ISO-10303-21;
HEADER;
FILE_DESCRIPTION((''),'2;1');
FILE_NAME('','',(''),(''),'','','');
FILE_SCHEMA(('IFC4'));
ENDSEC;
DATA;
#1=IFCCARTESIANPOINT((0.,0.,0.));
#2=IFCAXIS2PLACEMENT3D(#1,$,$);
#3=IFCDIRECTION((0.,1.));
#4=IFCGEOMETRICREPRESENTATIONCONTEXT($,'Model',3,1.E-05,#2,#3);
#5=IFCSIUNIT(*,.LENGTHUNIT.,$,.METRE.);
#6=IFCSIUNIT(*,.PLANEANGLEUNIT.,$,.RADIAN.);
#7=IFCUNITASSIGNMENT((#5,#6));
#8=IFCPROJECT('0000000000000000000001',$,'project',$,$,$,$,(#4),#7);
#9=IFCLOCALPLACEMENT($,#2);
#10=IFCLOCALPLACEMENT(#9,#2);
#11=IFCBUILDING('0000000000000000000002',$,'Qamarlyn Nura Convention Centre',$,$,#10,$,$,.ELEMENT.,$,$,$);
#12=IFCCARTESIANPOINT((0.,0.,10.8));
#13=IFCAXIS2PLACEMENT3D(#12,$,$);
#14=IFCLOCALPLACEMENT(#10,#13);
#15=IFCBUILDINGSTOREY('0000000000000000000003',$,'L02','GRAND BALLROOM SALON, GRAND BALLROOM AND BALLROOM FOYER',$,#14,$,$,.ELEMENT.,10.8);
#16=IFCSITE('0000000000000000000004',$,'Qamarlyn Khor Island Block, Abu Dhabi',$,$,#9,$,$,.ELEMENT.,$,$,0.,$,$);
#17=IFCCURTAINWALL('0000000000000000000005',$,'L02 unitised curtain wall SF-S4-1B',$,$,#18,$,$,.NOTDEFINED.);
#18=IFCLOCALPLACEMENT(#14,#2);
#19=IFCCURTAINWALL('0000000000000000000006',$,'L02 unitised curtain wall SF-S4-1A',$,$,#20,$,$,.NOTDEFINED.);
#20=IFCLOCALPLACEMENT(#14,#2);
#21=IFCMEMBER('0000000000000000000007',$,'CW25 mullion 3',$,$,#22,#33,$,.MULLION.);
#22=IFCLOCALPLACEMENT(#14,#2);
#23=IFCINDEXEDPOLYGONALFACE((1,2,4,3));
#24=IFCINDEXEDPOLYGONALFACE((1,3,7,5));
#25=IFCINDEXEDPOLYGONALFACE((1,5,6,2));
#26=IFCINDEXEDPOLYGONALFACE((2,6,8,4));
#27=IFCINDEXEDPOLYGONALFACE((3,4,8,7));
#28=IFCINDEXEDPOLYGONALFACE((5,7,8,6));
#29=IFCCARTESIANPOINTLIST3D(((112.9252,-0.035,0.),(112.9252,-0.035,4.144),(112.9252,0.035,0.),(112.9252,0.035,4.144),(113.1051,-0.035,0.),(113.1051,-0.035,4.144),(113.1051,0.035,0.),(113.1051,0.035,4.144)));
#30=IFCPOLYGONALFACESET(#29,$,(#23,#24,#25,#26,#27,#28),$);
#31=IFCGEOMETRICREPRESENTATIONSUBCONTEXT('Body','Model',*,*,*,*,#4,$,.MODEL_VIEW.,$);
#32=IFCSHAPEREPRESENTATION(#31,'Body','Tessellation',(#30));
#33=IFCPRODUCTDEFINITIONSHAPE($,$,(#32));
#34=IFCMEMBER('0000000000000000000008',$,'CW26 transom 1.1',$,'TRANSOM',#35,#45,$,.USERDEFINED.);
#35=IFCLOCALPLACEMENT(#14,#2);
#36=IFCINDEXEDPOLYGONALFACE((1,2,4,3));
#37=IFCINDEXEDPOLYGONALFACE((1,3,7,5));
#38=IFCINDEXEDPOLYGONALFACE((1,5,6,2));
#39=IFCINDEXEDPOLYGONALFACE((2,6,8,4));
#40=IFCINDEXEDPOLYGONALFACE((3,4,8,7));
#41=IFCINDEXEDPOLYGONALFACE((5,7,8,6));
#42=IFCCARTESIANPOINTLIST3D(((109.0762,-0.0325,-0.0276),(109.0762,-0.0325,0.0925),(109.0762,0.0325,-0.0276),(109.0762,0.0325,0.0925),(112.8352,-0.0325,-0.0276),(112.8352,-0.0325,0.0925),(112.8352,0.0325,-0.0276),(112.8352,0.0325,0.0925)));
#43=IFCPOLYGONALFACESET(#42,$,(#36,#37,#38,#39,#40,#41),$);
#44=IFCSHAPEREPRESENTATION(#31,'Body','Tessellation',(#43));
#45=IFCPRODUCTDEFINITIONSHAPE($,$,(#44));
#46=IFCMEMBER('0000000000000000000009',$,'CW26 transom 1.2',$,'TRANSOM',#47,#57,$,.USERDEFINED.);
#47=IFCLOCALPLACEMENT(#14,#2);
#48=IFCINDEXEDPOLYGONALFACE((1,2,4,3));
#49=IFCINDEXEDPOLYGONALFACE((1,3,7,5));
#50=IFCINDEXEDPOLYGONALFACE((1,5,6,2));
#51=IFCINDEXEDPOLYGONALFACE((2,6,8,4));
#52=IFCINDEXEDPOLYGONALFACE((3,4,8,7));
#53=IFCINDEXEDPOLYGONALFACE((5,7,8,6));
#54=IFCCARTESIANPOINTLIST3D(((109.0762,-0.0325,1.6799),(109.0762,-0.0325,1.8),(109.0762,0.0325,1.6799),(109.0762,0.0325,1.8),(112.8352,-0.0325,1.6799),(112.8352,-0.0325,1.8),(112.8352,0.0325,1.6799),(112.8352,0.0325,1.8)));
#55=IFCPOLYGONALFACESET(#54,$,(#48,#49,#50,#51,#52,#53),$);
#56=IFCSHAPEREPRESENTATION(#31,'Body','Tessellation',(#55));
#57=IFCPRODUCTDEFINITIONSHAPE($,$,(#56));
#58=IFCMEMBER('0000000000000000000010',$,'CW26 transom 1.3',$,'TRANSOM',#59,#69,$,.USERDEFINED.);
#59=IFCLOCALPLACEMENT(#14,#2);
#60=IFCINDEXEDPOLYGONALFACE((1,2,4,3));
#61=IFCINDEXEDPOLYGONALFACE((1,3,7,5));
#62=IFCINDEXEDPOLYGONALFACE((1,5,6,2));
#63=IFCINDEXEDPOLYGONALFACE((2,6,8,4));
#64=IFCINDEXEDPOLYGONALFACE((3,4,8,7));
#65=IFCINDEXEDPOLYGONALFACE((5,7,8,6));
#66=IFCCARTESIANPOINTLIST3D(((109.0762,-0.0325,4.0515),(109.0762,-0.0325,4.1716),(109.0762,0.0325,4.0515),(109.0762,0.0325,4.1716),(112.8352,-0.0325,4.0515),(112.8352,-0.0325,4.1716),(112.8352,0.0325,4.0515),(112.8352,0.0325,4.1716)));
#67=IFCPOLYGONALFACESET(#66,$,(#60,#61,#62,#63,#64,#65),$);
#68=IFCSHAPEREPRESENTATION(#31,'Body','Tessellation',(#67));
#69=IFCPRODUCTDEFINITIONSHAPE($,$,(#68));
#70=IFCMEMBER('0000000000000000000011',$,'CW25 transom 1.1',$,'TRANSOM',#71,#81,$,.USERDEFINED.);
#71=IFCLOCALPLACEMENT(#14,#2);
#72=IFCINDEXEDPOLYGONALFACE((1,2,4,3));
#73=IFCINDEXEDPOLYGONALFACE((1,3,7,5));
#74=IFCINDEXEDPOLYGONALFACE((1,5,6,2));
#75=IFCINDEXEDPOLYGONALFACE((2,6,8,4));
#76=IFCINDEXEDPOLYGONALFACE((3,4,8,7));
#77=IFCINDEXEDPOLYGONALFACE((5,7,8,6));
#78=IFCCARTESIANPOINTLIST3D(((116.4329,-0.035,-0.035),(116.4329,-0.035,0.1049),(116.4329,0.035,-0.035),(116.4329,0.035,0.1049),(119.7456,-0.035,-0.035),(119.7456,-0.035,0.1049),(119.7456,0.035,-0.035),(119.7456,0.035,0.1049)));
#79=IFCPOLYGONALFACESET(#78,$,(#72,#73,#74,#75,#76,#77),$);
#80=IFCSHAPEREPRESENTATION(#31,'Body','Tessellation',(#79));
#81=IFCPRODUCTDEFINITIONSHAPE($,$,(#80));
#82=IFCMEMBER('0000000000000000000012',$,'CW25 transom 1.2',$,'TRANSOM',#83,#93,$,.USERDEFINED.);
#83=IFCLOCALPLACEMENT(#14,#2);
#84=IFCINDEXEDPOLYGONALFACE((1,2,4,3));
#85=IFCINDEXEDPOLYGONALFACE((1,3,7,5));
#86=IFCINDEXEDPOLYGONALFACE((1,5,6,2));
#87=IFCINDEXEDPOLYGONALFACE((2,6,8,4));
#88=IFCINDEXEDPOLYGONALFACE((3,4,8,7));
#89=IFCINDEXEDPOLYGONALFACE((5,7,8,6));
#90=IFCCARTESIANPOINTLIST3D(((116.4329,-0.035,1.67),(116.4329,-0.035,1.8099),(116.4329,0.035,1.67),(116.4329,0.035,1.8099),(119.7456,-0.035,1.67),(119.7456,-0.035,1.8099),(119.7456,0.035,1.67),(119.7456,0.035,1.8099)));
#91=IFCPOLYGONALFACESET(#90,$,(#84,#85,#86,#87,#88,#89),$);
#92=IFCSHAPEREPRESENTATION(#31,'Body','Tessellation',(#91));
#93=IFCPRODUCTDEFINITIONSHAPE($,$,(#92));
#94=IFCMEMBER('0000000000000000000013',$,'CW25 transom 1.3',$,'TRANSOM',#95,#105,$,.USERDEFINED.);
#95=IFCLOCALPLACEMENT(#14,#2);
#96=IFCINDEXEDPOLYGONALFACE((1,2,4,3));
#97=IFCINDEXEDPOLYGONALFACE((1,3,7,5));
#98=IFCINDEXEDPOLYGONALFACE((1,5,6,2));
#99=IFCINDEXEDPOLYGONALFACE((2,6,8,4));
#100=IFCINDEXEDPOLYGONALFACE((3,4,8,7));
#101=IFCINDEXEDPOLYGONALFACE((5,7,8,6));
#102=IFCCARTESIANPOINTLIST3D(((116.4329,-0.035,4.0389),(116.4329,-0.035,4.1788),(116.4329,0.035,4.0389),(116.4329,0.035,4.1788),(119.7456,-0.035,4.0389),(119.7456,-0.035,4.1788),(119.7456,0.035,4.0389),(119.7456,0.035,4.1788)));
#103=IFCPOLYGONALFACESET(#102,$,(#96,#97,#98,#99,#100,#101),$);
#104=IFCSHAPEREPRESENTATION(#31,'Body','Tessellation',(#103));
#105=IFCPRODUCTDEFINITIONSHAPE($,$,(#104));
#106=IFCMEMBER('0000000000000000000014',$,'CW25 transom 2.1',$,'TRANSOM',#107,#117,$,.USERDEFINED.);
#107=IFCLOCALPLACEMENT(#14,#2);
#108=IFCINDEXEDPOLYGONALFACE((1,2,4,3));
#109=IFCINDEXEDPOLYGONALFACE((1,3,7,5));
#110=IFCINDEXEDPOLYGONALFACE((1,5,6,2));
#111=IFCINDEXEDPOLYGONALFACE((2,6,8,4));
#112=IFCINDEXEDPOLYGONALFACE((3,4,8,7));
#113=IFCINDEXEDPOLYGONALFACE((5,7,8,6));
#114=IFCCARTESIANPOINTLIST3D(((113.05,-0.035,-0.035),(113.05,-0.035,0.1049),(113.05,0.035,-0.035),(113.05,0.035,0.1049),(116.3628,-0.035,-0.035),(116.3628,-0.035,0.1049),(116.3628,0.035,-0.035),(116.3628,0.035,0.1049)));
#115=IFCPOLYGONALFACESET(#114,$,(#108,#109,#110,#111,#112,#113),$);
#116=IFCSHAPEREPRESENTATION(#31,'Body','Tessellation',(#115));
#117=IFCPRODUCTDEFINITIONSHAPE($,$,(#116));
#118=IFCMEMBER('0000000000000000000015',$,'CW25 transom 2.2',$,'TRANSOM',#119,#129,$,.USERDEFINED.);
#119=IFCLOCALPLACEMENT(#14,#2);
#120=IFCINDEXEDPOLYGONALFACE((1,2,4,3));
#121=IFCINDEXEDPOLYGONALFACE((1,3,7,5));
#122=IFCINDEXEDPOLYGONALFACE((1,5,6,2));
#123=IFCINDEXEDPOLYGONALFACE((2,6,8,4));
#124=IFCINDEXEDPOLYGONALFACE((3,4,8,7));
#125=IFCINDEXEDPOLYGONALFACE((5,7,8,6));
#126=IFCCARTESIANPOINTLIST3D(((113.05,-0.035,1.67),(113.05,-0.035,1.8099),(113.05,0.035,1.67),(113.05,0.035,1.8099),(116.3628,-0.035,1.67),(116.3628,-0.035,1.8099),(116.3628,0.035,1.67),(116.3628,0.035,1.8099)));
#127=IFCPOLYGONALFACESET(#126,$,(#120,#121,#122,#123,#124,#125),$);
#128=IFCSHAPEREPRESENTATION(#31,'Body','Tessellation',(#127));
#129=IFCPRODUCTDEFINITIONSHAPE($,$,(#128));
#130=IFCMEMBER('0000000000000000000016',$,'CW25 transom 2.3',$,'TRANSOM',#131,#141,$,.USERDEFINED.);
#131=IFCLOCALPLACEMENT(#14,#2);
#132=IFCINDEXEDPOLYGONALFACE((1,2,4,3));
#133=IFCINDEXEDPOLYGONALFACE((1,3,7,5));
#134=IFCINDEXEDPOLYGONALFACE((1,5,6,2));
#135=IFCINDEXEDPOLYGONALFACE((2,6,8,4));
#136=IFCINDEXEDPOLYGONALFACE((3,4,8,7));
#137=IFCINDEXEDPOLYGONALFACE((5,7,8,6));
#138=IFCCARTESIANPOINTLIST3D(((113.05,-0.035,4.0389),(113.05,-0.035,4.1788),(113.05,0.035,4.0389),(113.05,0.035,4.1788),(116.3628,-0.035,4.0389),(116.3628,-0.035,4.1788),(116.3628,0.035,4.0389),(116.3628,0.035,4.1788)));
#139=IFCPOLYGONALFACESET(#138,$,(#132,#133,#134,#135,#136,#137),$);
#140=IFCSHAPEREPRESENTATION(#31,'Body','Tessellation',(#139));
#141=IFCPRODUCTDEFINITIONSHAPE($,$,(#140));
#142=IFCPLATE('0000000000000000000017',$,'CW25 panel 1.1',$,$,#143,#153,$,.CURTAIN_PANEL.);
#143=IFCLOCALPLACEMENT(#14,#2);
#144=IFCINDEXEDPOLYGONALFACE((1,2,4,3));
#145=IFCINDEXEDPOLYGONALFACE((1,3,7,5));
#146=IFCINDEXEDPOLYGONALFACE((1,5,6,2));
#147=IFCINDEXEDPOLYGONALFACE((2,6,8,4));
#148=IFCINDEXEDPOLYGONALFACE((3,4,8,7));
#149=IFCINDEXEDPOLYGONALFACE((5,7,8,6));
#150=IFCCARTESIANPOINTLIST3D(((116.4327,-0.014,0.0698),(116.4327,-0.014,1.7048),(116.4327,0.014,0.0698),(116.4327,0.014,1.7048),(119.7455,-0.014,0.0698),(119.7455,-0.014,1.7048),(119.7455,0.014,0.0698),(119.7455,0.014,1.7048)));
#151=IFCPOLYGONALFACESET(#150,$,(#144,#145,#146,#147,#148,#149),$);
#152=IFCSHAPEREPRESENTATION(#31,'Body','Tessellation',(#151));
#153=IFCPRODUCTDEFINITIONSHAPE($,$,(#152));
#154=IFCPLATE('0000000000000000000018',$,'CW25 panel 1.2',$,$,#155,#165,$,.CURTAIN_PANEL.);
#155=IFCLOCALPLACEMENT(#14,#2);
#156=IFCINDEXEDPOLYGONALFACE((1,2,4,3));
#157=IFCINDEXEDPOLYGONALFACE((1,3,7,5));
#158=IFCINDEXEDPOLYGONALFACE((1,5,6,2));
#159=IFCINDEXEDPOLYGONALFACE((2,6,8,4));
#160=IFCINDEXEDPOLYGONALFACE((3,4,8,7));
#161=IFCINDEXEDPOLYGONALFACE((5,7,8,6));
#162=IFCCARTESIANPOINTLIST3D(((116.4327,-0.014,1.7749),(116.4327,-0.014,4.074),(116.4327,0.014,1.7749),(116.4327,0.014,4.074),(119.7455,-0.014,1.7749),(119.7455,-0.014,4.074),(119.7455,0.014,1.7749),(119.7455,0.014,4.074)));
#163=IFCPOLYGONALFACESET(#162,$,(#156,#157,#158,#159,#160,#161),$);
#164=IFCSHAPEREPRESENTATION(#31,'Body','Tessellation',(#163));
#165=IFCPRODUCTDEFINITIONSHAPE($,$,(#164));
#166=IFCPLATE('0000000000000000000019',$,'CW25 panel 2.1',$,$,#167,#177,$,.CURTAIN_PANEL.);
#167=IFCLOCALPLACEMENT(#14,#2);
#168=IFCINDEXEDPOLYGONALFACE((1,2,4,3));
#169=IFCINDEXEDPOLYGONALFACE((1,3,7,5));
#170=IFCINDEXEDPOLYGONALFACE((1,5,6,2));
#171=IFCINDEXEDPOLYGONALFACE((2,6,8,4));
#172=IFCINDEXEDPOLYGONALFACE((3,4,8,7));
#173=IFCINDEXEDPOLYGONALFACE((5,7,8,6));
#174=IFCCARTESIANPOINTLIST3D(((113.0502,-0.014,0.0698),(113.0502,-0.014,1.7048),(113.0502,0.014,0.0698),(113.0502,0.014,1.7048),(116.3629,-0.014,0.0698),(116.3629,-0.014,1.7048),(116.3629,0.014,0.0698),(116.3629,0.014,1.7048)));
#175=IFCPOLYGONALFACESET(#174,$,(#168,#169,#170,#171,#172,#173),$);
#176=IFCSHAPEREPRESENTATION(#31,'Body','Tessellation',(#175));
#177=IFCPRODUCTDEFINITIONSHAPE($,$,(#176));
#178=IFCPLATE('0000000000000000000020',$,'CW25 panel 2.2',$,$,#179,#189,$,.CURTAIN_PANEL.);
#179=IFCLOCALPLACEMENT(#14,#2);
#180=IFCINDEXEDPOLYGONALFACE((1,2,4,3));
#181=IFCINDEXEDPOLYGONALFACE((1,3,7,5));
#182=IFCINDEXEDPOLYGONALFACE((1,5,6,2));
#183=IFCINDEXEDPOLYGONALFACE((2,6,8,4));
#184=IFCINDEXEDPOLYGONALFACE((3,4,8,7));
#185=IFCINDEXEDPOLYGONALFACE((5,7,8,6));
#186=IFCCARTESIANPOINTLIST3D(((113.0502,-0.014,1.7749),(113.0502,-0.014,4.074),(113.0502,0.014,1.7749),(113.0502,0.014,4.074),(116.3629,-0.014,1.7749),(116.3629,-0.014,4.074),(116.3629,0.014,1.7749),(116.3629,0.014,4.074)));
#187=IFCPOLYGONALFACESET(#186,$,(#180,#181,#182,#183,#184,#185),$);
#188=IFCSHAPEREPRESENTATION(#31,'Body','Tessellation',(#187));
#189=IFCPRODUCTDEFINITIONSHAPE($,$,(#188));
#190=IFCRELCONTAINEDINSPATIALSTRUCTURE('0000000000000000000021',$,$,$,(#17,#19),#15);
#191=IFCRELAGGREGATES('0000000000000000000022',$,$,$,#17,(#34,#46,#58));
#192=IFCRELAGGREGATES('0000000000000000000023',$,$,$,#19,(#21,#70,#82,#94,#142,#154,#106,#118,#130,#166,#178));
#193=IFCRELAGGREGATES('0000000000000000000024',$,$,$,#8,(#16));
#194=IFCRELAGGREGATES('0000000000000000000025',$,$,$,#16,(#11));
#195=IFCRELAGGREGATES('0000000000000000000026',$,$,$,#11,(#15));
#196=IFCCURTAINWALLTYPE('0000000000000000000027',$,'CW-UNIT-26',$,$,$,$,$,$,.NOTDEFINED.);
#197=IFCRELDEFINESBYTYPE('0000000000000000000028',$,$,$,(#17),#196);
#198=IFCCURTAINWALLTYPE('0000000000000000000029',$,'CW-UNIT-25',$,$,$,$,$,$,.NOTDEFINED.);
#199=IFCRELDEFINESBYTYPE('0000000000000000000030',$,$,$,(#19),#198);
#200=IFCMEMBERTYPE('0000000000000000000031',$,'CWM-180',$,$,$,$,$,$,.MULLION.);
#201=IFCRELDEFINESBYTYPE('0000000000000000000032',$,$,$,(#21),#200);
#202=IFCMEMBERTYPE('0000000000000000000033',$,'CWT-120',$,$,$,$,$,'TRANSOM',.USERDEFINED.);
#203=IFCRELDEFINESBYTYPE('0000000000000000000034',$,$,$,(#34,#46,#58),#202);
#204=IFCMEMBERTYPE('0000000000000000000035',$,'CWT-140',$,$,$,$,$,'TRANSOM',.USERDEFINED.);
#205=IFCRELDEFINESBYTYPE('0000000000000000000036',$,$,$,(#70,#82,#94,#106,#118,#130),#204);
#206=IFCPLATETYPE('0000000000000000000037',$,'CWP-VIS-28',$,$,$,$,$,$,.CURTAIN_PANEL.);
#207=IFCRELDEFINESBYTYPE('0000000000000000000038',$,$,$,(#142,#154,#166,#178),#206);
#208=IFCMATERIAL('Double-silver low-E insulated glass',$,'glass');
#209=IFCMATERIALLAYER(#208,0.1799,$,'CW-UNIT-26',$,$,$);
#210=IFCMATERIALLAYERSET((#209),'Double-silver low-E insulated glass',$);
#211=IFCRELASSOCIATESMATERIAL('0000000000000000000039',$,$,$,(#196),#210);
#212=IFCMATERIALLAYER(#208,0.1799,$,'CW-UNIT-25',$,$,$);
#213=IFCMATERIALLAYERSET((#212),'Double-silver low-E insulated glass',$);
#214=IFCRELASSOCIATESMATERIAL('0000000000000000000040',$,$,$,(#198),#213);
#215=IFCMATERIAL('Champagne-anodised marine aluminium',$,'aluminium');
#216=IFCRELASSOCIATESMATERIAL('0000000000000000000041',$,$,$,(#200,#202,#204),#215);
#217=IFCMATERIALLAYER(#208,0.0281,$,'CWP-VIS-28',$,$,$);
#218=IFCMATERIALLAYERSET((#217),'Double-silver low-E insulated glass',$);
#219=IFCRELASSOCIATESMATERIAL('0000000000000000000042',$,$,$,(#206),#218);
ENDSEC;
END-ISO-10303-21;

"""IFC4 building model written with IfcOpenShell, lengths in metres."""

from ifc_helpers import new_model, si_unit, direction, frame, origin, origin_2d, place, context, subcontext, project, spatial, rectangle, extrude, material, layer, layer_set, material_profile, profile_set, type_object, element, aggregate, save


model = new_model("IFC4")

# Units and contexts
model_context = context("Model", 3, precision=1e-05, world=origin(), true_north=direction((0.0, 1.0)))
body_context = subcontext(model_context, "Body", "Model", "MODEL_VIEW")
ifc_project = project(units=[si_unit("LENGTHUNIT", "METRE"), si_unit("PLANEANGLEUNIT", "RADIAN")], contexts=[model_context])

# Site, building, storey
site_placement = place(None, origin())
site = spatial("IfcSite", under=ifc_project, at=site_placement, Name="Qamarlyn Khor Island Block, Abu Dhabi", CompositionType="ELEMENT", RefElevation=0.0)
building_placement = place(site_placement, origin())
building = spatial("IfcBuilding", under=site, at=building_placement, Name="Qamarlyn Nura Convention Centre", CompositionType="ELEMENT")
storey_placement = place(building_placement, frame((0.0, 0.0, 10.8)))
storey = spatial("IfcBuildingStorey", under=building, at=storey_placement, Name="L02", Description="GRAND BALLROOM SALON, GRAND BALLROOM AND BALLROOM FOYER", CompositionType="ELEMENT", Elevation=10.8)

# Curtain wall
ifc_material_1 = material(Name="Double-silver low-E insulated glass", Category="glass")
ifc_layer_1 = layer(ifc_material_1, 0.1799, Name="CW-UNIT-26")
ifc_layer_set_1 = layer_set([ifc_layer_1], Name="Double-silver low-E insulated glass")
curtain_wall_type_1 = type_object("IfcCurtainWallType", Name="CW-UNIT-26", PredefinedType="NOTDEFINED", material=ifc_layer_set_1)
curtain_wall_1_placement = place(storey_placement, origin())
curtain_wall_1 = element("IfcCurtainWall", 1, at=curtain_wall_1_placement, inside=storey, type_object=curtain_wall_type_1, Name="L02 unitised curtain wall SF-S4-1B", PredefinedType="NOTDEFINED")
ifc_material_2 = material(Name="Champagne-anodised marine aluminium", Category="aluminium")

# Curtain wall, member
ifc_layer_2 = layer(ifc_material_1, 0.1799, Name="CW-UNIT-25")
ifc_layer_set_2 = layer_set([ifc_layer_2], Name="Double-silver low-E insulated glass")
curtain_wall_type_2 = type_object("IfcCurtainWallType", Name="CW-UNIT-25", PredefinedType="NOTDEFINED", material=ifc_layer_set_2)
curtain_wall_2_placement = place(storey_placement, origin())
curtain_wall_2 = element("IfcCurtainWall", 2, at=curtain_wall_2_placement, inside=storey, type_object=curtain_wall_type_2, Name="L02 unitised curtain wall SF-S4-1A", PredefinedType="NOTDEFINED")
ifc_material_profile_1 = material_profile(ifc_material_2, rectangle(XDim=0.0701, YDim=0.1799, at=origin_2d()), Name="ALU MULLION 70x180")
ifc_profile_set_1 = profile_set([ifc_material_profile_1], Name="Champagne-anodised marine aluminium")
member_type_1 = type_object("IfcMemberType", Name="CWM-180", PredefinedType="MULLION", material=ifc_profile_set_1)
member_1_placement = place(storey_placement, frame((113.0151, 0.0, 0.0), z_axis=(0.0, 0.0, 1.0), x_axis=(0.0, -1.0, 0.0)))
member_1 = element("IfcMember", 3, at=member_1_placement, type_object=member_type_1, Name="CW25 mullion 3", PredefinedType="MULLION", context=body_context, shape_type="SweptSolid", body=[
    extrude(rectangle(XDim=0.0701, YDim=0.1799, at=origin_2d()), origin(), (0.0, 0.0, 1.0), 4.144),
])

# Members
ifc_material_profile_2 = material_profile(ifc_material_2, rectangle(XDim=0.0649, YDim=0.1201, at=origin_2d()), Name="ALU TRANSOM 65x120")
ifc_profile_set_2 = profile_set([ifc_material_profile_2], Name="Champagne-anodised marine aluminium")
member_type_2 = type_object("IfcMemberType", Name="CWT-120", ElementType="TRANSOM", PredefinedType="USERDEFINED", material=ifc_profile_set_2)
member_2_placement = place(storey_placement, frame((112.8352, 0.0, 0.0325), z_axis=(-1.0, 0.0, 0.0), x_axis=(0.0, -1.0, 0.0)))
member_2 = element("IfcMember", 4, at=member_2_placement, type_object=member_type_2, Name="CW26 transom 1.1", ObjectType="TRANSOM", PredefinedType="USERDEFINED", context=body_context, shape_type="SweptSolid", body=[
    extrude(rectangle(XDim=0.0649, YDim=0.1201, at=origin_2d()), origin(), (0.0, 0.0, 1.0), 3.759),
])
member_3_placement = place(storey_placement, frame((112.8352, 0.0, 1.74), z_axis=(-1.0, 0.0, 0.0), x_axis=(0.0, -1.0, 0.0)))
member_3 = element("IfcMember", 5, at=member_3_placement, type_object=member_type_2, Name="CW26 transom 1.2", ObjectType="TRANSOM", PredefinedType="USERDEFINED", context=body_context, shape_type="SweptSolid", body=[
    extrude(rectangle(XDim=0.0649, YDim=0.1201, at=origin_2d()), origin(), (0.0, 0.0, 1.0), 3.759),
])
member_4_placement = place(storey_placement, frame((112.8352, 0.0, 4.1116), z_axis=(-1.0, 0.0, 0.0), x_axis=(0.0, -1.0, 0.0)))
member_4 = element("IfcMember", 6, at=member_4_placement, type_object=member_type_2, Name="CW26 transom 1.3", ObjectType="TRANSOM", PredefinedType="USERDEFINED", context=body_context, shape_type="SweptSolid", body=[
    extrude(rectangle(XDim=0.0649, YDim=0.1201, at=origin_2d()), origin(), (0.0, 0.0, 1.0), 3.759),
])
aggregate(curtain_wall_1, [member_2, member_3, member_4])
ifc_material_profile_3 = material_profile(ifc_material_2, rectangle(XDim=0.0701, YDim=0.1399, at=origin_2d()), Name="ALU TRANSOM 70x140")
ifc_profile_set_3 = profile_set([ifc_material_profile_3], Name="Champagne-anodised marine aluminium")
member_type_3 = type_object("IfcMemberType", Name="CWT-140", ElementType="TRANSOM", PredefinedType="USERDEFINED", material=ifc_profile_set_3)
member_5_placement = place(storey_placement, frame((119.7456, 0.0, 0.0349), z_axis=(-1.0, 0.0, 0.0), x_axis=(0.0, -1.0, 0.0)))
member_5 = element("IfcMember", 7, at=member_5_placement, type_object=member_type_3, Name="CW25 transom 1.1", ObjectType="TRANSOM", PredefinedType="USERDEFINED", context=body_context, shape_type="SweptSolid", body=[
    extrude(rectangle(XDim=0.0701, YDim=0.1399, at=origin_2d()), origin(), (0.0, 0.0, 1.0), 3.3127),
])
member_6_placement = place(storey_placement, frame((119.7456, 0.0, 1.74), z_axis=(-1.0, 0.0, 0.0), x_axis=(0.0, -1.0, 0.0)))
member_6 = element("IfcMember", 8, at=member_6_placement, type_object=member_type_3, Name="CW25 transom 1.2", ObjectType="TRANSOM", PredefinedType="USERDEFINED", context=body_context, shape_type="SweptSolid", body=[
    extrude(rectangle(XDim=0.0701, YDim=0.1399, at=origin_2d()), origin(), (0.0, 0.0, 1.0), 3.3127),
])
member_7_placement = place(storey_placement, frame((119.7456, 0.0, 4.1089), z_axis=(-1.0, 0.0, 0.0), x_axis=(0.0, -1.0, 0.0)))
member_7 = element("IfcMember", 9, at=member_7_placement, type_object=member_type_3, Name="CW25 transom 1.3", ObjectType="TRANSOM", PredefinedType="USERDEFINED", context=body_context, shape_type="SweptSolid", body=[
    extrude(rectangle(XDim=0.0701, YDim=0.1399, at=origin_2d()), origin(), (0.0, 0.0, 1.0), 3.3127),
])
member_8_placement = place(storey_placement, frame((116.3628, 0.0, 0.0349), z_axis=(-1.0, 0.0, 0.0), x_axis=(0.0, -1.0, 0.0)))
member_8 = element("IfcMember", 10, at=member_8_placement, type_object=member_type_3, Name="CW25 transom 2.1", ObjectType="TRANSOM", PredefinedType="USERDEFINED", context=body_context, shape_type="SweptSolid", body=[
    extrude(rectangle(XDim=0.0701, YDim=0.1399, at=origin_2d()), origin(), (0.0, 0.0, 1.0), 3.3127),
])
member_9_placement = place(storey_placement, frame((116.3628, 0.0, 1.74), z_axis=(-1.0, 0.0, 0.0), x_axis=(0.0, -1.0, 0.0)))
member_9 = element("IfcMember", 11, at=member_9_placement, type_object=member_type_3, Name="CW25 transom 2.2", ObjectType="TRANSOM", PredefinedType="USERDEFINED", context=body_context, shape_type="SweptSolid", body=[
    extrude(rectangle(XDim=0.0701, YDim=0.1399, at=origin_2d()), origin(), (0.0, 0.0, 1.0), 3.3127),
])
member_10_placement = place(storey_placement, frame((116.3628, 0.0, 4.1089), z_axis=(-1.0, 0.0, 0.0), x_axis=(0.0, -1.0, 0.0)))
member_10 = element("IfcMember", 12, at=member_10_placement, type_object=member_type_3, Name="CW25 transom 2.3", ObjectType="TRANSOM", PredefinedType="USERDEFINED", context=body_context, shape_type="SweptSolid", body=[
    extrude(rectangle(XDim=0.0701, YDim=0.1399, at=origin_2d()), origin(), (0.0, 0.0, 1.0), 3.3127),
])

# Plates
ifc_layer_3 = layer(ifc_material_1, 0.0281, Name="CWP-VIS-28")
ifc_layer_set_3 = layer_set([ifc_layer_3], Name="Double-silver low-E insulated glass")
plate_type = type_object("IfcPlateType", Name="CWP-VIS-28", PredefinedType="CURTAIN_PANEL", material=ifc_layer_set_3)
plate_1_placement = place(storey_placement, frame((118.0891, 0.0, 0.0698), z_axis=(0.0, 0.0, 1.0), x_axis=(-1.0, 0.0, 0.0)))
plate_1 = element("IfcPlate", 13, at=plate_1_placement, type_object=plate_type, Name="CW25 panel 1.1", PredefinedType="CURTAIN_PANEL", context=body_context, shape_type="SweptSolid", body=[
    extrude(rectangle(XDim=3.3127, YDim=0.0281, at=origin_2d()), origin(), (0.0, 0.0, 1.0), 1.635),
])
plate_2_placement = place(storey_placement, frame((118.0891, 0.0, 1.7749), z_axis=(0.0, 0.0, 1.0), x_axis=(-1.0, 0.0, 0.0)))
plate_2 = element("IfcPlate", 14, at=plate_2_placement, type_object=plate_type, Name="CW25 panel 1.2", PredefinedType="CURTAIN_PANEL", context=body_context, shape_type="SweptSolid", body=[
    extrude(rectangle(XDim=3.3127, YDim=0.0281, at=origin_2d()), origin(), (0.0, 0.0, 1.0), 2.2991),
])
plate_3_placement = place(storey_placement, frame((114.7065, 0.0, 0.0698), z_axis=(0.0, 0.0, 1.0), x_axis=(-1.0, 0.0, 0.0)))
plate_3 = element("IfcPlate", 15, at=plate_3_placement, type_object=plate_type, Name="CW25 panel 2.1", PredefinedType="CURTAIN_PANEL", context=body_context, shape_type="SweptSolid", body=[
    extrude(rectangle(XDim=3.3127, YDim=0.0281, at=origin_2d()), origin(), (0.0, 0.0, 1.0), 1.635),
])
plate_4_placement = place(storey_placement, frame((114.7065, 0.0, 1.7749), z_axis=(0.0, 0.0, 1.0), x_axis=(-1.0, 0.0, 0.0)))
plate_4 = element("IfcPlate", 16, at=plate_4_placement, type_object=plate_type, Name="CW25 panel 2.2", PredefinedType="CURTAIN_PANEL", context=body_context, shape_type="SweptSolid", body=[
    extrude(rectangle(XDim=3.3127, YDim=0.0281, at=origin_2d()), origin(), (0.0, 0.0, 1.0), 2.2991),
])
aggregate(curtain_wall_2, [member_1, member_5, member_6, member_7, plate_1, plate_2, member_8, member_9, member_10, plate_3, plate_4])

save(model, "model.ifc")
